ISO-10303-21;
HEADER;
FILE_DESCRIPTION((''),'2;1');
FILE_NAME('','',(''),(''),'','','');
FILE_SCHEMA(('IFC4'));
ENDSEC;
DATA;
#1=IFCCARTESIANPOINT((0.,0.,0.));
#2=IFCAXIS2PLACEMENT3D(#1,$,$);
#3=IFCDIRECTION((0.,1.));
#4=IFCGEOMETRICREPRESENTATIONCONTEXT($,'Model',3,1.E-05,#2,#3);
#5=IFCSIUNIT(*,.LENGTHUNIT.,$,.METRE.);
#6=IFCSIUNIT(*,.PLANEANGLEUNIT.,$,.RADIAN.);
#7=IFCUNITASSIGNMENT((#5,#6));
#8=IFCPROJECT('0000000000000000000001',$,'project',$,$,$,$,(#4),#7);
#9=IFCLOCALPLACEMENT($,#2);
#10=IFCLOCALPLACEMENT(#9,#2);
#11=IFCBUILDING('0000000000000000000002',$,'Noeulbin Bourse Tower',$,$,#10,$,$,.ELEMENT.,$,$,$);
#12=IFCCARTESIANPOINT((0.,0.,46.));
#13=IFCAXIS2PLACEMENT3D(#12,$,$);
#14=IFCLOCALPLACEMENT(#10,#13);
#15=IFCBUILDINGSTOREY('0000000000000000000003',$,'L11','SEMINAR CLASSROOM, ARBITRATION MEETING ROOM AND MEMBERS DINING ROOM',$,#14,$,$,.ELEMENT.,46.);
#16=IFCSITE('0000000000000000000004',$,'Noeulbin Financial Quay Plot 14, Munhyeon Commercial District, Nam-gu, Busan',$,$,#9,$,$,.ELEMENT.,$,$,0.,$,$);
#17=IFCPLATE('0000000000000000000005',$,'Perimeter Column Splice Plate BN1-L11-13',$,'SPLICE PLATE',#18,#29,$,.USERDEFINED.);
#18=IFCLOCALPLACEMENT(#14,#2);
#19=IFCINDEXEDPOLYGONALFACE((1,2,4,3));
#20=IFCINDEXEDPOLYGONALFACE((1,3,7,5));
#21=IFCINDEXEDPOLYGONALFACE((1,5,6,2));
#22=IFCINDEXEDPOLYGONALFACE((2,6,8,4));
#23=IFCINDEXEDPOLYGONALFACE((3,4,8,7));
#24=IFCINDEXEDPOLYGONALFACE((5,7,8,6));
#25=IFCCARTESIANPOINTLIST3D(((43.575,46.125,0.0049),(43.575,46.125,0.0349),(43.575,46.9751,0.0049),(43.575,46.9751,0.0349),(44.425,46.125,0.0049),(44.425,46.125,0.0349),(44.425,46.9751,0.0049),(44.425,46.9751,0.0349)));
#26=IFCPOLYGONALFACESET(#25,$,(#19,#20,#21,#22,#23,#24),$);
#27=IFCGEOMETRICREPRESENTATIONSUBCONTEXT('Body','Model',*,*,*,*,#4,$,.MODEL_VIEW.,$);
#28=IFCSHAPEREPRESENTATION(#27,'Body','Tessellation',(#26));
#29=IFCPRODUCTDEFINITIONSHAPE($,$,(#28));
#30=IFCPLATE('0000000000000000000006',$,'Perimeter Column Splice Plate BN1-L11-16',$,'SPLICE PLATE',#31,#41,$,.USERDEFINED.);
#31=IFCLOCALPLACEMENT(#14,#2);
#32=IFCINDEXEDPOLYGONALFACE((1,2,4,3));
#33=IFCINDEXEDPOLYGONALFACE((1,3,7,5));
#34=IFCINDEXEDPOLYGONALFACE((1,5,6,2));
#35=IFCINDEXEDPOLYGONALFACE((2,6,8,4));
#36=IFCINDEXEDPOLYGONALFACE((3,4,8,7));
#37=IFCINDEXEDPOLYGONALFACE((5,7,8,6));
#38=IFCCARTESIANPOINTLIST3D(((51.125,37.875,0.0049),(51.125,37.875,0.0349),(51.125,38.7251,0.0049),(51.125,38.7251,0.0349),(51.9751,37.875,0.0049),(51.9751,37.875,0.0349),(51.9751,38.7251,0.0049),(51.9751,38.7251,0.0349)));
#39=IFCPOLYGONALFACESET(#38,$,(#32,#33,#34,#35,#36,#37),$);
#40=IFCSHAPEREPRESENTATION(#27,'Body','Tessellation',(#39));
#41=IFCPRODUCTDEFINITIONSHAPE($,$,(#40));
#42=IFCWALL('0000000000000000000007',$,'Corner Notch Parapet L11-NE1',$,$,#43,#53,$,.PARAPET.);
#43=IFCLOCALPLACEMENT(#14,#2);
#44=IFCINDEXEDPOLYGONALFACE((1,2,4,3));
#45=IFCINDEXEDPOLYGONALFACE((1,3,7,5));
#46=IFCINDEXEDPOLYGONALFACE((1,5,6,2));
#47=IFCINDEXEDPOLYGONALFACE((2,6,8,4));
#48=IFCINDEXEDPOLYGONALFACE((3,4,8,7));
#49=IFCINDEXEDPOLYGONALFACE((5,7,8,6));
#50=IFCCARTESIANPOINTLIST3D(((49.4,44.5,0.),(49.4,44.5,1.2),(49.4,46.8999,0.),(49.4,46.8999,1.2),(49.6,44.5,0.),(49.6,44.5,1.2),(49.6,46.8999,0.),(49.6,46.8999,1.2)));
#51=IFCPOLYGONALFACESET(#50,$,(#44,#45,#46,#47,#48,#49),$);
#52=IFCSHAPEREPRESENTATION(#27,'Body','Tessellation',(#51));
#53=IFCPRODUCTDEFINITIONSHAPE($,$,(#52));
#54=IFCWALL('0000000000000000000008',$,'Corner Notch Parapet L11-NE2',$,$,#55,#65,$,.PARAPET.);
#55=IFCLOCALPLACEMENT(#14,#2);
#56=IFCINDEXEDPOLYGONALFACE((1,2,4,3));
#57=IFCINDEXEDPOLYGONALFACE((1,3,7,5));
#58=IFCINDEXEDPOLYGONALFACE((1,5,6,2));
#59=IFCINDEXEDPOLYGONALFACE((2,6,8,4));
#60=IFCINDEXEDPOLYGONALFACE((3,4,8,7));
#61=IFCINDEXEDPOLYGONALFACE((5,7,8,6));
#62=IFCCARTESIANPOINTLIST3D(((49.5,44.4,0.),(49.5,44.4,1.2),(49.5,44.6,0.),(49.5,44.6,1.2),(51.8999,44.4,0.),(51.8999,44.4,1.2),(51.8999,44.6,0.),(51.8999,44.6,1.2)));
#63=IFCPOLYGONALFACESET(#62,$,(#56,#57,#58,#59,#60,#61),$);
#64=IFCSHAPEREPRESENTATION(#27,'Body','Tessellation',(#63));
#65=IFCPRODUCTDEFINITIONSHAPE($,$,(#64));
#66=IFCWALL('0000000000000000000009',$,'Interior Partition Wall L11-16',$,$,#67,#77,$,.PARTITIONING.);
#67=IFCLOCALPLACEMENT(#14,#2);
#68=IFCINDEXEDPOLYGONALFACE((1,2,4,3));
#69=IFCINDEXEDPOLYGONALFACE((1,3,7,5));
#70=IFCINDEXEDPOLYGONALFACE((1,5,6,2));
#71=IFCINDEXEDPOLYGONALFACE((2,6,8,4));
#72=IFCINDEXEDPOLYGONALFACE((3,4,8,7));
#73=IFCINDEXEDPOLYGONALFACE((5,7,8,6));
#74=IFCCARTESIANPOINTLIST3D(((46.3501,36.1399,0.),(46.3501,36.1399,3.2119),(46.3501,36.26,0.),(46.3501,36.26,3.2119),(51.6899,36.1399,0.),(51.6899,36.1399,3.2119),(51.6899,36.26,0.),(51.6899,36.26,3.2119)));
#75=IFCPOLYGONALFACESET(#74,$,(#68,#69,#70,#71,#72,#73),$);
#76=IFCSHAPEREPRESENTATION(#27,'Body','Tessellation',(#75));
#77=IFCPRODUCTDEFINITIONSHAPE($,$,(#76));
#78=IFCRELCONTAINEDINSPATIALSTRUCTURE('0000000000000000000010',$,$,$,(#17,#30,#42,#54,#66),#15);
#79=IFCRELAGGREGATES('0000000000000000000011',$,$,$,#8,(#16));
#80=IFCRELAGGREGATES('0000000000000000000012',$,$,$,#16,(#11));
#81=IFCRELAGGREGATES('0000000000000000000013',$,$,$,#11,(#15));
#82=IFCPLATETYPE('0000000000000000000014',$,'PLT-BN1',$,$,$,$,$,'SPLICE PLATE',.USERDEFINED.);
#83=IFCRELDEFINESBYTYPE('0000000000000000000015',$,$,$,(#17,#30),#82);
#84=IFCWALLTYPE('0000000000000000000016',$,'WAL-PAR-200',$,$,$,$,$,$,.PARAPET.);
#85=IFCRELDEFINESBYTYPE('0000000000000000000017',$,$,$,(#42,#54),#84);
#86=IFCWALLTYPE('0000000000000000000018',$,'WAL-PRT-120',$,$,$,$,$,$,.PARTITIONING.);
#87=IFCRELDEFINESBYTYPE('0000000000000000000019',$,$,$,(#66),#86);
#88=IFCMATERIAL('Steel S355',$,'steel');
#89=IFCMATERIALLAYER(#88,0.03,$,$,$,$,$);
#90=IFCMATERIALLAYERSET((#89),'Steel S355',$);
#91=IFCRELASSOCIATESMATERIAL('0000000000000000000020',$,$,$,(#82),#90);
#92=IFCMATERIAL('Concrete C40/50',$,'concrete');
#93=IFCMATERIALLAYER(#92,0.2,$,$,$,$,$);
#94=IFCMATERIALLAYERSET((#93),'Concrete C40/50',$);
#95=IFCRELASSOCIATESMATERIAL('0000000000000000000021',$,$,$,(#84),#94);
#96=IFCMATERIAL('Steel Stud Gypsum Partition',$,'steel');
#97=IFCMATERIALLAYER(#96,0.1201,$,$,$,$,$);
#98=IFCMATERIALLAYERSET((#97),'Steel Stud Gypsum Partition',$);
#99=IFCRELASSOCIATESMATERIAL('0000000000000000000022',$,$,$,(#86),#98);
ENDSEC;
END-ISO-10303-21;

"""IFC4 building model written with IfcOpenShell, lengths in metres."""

from ifc_helpers import new_model, si_unit, direction, frame, frame_2d, origin, origin_2d, place, context, subcontext, project, spatial, rectangle, extrude, material, layer, layer_set, type_object, element, save


model = new_model("IFC4")

# Units and contexts
model_context = context("Model", 3, precision=1e-05, world=origin(), true_north=direction((0.0, 1.0)))
body_context = subcontext(model_context, "Body", "Model", "MODEL_VIEW")
ifc_project = project(units=[si_unit("LENGTHUNIT", "METRE"), si_unit("PLANEANGLEUNIT", "RADIAN")], contexts=[model_context])

# Site, building, storey
site_placement = place(None, origin())
site = spatial("IfcSite", under=ifc_project, at=site_placement, Name="Noeulbin Financial Quay Plot 14, Munhyeon Commercial District, Nam-gu, Busan", CompositionType="ELEMENT", RefElevation=0.0)
building_placement = place(site_placement, origin())
building = spatial("IfcBuilding", under=site, at=building_placement, Name="Noeulbin Bourse Tower", CompositionType="ELEMENT")
storey_placement = place(building_placement, frame((0.0, 0.0, 46.0)))
storey = spatial("IfcBuildingStorey", under=building, at=storey_placement, Name="L11", Description="SEMINAR CLASSROOM, ARBITRATION MEETING ROOM AND MEMBERS DINING ROOM", CompositionType="ELEMENT", Elevation=46.0)

# Shared definitions
ifc_material_1 = material(Name="Steel S355", Category="steel")

# Plates
ifc_layer_1 = layer(ifc_material_1, 0.03)
ifc_layer_set_1 = layer_set([ifc_layer_1], Name="Steel S355")
plate_type_1 = type_object("IfcPlateType", Name="PLT-BN1", ElementType="SPLICE PLATE", PredefinedType="USERDEFINED", material=ifc_layer_set_1)
for number, where, z_axis, x_axis, name in (
    (1, (44.0, 46.55, 0.0049), (0.0, 0.0, 1.0), (1.0, 0.0, 0.0), "Perimeter Column Splice Plate BN1-L11-13"),
    (2, (51.55, 38.3, 0.0049), (0.0, 0.0, 1.0), (1.0, 0.0, 0.0), "Perimeter Column Splice Plate BN1-L11-16"),
):
    element("IfcPlate", number, at=place(storey_placement, frame(where, z_axis=z_axis, x_axis=x_axis)), inside=storey, type_object=plate_type_1, Name=name, ObjectType="SPLICE PLATE", PredefinedType="USERDEFINED", context=body_context, shape_type="SweptSolid", body=[
        extrude(rectangle(XDim=0.8501, YDim=0.8501, at=origin_2d()), origin(), (0.0, 0.0, 1.0), 0.03),
    ])

# Walls
ifc_material_2 = material(Name="Concrete C40/50", Category="concrete")
ifc_layer_2 = layer(ifc_material_2, 0.2)
ifc_layer_set_2 = layer_set([ifc_layer_2], Name="Concrete C40/50")
wall_type_1 = type_object("IfcWallType", Name="WAL-PAR-200", PredefinedType="PARAPET", material=ifc_layer_set_2)
for number, where, z_axis, x_axis, name in (
    (3, (49.5, 46.8999, 0.0), (0.0, 0.0, 1.0), (0.0, -1.0, 0.0), "Corner Notch Parapet L11-NE1"),
    (4, (49.5, 44.5, 0.0), (0.0, 0.0, 1.0), (1.0, 0.0, 0.0), "Corner Notch Parapet L11-NE2"),
):
    element("IfcWall", number, at=place(storey_placement, frame(where, z_axis=z_axis, x_axis=x_axis)), inside=storey, type_object=wall_type_1, Name=name, PredefinedType="PARAPET", context=body_context, shape_type="SweptSolid", body=[
        extrude(rectangle(XDim=2.3999, YDim=0.2, at=frame_2d((1.2, 0.0))), origin(), (0.0, 0.0, 1.0), 1.2),
    ])
ifc_material_3 = material(Name="Steel Stud Gypsum Partition", Category="steel")
ifc_layer_3 = layer(ifc_material_3, 0.1201)
ifc_layer_set_3 = layer_set([ifc_layer_3], Name="Steel Stud Gypsum Partition")
wall_type_2 = type_object("IfcWallType", Name="WAL-PRT-120", PredefinedType="PARTITIONING", material=ifc_layer_set_3)
wall_placement = place(storey_placement, frame((46.3501, 36.2, 0.0), z_axis=(0.0, 0.0, 1.0), x_axis=(1.0, 0.0, 0.0)))
element("IfcWall", 5, at=wall_placement, inside=storey, type_object=wall_type_2, Name="Interior Partition Wall L11-16", PredefinedType="PARTITIONING", context=body_context, shape_type="SweptSolid", body=[
    extrude(rectangle(XDim=5.3398, YDim=0.1201, at=frame_2d((2.6699, 0.0))), origin(), (0.0, 0.0, 1.0), 3.2119),
])

save(model, "model.ifc")
